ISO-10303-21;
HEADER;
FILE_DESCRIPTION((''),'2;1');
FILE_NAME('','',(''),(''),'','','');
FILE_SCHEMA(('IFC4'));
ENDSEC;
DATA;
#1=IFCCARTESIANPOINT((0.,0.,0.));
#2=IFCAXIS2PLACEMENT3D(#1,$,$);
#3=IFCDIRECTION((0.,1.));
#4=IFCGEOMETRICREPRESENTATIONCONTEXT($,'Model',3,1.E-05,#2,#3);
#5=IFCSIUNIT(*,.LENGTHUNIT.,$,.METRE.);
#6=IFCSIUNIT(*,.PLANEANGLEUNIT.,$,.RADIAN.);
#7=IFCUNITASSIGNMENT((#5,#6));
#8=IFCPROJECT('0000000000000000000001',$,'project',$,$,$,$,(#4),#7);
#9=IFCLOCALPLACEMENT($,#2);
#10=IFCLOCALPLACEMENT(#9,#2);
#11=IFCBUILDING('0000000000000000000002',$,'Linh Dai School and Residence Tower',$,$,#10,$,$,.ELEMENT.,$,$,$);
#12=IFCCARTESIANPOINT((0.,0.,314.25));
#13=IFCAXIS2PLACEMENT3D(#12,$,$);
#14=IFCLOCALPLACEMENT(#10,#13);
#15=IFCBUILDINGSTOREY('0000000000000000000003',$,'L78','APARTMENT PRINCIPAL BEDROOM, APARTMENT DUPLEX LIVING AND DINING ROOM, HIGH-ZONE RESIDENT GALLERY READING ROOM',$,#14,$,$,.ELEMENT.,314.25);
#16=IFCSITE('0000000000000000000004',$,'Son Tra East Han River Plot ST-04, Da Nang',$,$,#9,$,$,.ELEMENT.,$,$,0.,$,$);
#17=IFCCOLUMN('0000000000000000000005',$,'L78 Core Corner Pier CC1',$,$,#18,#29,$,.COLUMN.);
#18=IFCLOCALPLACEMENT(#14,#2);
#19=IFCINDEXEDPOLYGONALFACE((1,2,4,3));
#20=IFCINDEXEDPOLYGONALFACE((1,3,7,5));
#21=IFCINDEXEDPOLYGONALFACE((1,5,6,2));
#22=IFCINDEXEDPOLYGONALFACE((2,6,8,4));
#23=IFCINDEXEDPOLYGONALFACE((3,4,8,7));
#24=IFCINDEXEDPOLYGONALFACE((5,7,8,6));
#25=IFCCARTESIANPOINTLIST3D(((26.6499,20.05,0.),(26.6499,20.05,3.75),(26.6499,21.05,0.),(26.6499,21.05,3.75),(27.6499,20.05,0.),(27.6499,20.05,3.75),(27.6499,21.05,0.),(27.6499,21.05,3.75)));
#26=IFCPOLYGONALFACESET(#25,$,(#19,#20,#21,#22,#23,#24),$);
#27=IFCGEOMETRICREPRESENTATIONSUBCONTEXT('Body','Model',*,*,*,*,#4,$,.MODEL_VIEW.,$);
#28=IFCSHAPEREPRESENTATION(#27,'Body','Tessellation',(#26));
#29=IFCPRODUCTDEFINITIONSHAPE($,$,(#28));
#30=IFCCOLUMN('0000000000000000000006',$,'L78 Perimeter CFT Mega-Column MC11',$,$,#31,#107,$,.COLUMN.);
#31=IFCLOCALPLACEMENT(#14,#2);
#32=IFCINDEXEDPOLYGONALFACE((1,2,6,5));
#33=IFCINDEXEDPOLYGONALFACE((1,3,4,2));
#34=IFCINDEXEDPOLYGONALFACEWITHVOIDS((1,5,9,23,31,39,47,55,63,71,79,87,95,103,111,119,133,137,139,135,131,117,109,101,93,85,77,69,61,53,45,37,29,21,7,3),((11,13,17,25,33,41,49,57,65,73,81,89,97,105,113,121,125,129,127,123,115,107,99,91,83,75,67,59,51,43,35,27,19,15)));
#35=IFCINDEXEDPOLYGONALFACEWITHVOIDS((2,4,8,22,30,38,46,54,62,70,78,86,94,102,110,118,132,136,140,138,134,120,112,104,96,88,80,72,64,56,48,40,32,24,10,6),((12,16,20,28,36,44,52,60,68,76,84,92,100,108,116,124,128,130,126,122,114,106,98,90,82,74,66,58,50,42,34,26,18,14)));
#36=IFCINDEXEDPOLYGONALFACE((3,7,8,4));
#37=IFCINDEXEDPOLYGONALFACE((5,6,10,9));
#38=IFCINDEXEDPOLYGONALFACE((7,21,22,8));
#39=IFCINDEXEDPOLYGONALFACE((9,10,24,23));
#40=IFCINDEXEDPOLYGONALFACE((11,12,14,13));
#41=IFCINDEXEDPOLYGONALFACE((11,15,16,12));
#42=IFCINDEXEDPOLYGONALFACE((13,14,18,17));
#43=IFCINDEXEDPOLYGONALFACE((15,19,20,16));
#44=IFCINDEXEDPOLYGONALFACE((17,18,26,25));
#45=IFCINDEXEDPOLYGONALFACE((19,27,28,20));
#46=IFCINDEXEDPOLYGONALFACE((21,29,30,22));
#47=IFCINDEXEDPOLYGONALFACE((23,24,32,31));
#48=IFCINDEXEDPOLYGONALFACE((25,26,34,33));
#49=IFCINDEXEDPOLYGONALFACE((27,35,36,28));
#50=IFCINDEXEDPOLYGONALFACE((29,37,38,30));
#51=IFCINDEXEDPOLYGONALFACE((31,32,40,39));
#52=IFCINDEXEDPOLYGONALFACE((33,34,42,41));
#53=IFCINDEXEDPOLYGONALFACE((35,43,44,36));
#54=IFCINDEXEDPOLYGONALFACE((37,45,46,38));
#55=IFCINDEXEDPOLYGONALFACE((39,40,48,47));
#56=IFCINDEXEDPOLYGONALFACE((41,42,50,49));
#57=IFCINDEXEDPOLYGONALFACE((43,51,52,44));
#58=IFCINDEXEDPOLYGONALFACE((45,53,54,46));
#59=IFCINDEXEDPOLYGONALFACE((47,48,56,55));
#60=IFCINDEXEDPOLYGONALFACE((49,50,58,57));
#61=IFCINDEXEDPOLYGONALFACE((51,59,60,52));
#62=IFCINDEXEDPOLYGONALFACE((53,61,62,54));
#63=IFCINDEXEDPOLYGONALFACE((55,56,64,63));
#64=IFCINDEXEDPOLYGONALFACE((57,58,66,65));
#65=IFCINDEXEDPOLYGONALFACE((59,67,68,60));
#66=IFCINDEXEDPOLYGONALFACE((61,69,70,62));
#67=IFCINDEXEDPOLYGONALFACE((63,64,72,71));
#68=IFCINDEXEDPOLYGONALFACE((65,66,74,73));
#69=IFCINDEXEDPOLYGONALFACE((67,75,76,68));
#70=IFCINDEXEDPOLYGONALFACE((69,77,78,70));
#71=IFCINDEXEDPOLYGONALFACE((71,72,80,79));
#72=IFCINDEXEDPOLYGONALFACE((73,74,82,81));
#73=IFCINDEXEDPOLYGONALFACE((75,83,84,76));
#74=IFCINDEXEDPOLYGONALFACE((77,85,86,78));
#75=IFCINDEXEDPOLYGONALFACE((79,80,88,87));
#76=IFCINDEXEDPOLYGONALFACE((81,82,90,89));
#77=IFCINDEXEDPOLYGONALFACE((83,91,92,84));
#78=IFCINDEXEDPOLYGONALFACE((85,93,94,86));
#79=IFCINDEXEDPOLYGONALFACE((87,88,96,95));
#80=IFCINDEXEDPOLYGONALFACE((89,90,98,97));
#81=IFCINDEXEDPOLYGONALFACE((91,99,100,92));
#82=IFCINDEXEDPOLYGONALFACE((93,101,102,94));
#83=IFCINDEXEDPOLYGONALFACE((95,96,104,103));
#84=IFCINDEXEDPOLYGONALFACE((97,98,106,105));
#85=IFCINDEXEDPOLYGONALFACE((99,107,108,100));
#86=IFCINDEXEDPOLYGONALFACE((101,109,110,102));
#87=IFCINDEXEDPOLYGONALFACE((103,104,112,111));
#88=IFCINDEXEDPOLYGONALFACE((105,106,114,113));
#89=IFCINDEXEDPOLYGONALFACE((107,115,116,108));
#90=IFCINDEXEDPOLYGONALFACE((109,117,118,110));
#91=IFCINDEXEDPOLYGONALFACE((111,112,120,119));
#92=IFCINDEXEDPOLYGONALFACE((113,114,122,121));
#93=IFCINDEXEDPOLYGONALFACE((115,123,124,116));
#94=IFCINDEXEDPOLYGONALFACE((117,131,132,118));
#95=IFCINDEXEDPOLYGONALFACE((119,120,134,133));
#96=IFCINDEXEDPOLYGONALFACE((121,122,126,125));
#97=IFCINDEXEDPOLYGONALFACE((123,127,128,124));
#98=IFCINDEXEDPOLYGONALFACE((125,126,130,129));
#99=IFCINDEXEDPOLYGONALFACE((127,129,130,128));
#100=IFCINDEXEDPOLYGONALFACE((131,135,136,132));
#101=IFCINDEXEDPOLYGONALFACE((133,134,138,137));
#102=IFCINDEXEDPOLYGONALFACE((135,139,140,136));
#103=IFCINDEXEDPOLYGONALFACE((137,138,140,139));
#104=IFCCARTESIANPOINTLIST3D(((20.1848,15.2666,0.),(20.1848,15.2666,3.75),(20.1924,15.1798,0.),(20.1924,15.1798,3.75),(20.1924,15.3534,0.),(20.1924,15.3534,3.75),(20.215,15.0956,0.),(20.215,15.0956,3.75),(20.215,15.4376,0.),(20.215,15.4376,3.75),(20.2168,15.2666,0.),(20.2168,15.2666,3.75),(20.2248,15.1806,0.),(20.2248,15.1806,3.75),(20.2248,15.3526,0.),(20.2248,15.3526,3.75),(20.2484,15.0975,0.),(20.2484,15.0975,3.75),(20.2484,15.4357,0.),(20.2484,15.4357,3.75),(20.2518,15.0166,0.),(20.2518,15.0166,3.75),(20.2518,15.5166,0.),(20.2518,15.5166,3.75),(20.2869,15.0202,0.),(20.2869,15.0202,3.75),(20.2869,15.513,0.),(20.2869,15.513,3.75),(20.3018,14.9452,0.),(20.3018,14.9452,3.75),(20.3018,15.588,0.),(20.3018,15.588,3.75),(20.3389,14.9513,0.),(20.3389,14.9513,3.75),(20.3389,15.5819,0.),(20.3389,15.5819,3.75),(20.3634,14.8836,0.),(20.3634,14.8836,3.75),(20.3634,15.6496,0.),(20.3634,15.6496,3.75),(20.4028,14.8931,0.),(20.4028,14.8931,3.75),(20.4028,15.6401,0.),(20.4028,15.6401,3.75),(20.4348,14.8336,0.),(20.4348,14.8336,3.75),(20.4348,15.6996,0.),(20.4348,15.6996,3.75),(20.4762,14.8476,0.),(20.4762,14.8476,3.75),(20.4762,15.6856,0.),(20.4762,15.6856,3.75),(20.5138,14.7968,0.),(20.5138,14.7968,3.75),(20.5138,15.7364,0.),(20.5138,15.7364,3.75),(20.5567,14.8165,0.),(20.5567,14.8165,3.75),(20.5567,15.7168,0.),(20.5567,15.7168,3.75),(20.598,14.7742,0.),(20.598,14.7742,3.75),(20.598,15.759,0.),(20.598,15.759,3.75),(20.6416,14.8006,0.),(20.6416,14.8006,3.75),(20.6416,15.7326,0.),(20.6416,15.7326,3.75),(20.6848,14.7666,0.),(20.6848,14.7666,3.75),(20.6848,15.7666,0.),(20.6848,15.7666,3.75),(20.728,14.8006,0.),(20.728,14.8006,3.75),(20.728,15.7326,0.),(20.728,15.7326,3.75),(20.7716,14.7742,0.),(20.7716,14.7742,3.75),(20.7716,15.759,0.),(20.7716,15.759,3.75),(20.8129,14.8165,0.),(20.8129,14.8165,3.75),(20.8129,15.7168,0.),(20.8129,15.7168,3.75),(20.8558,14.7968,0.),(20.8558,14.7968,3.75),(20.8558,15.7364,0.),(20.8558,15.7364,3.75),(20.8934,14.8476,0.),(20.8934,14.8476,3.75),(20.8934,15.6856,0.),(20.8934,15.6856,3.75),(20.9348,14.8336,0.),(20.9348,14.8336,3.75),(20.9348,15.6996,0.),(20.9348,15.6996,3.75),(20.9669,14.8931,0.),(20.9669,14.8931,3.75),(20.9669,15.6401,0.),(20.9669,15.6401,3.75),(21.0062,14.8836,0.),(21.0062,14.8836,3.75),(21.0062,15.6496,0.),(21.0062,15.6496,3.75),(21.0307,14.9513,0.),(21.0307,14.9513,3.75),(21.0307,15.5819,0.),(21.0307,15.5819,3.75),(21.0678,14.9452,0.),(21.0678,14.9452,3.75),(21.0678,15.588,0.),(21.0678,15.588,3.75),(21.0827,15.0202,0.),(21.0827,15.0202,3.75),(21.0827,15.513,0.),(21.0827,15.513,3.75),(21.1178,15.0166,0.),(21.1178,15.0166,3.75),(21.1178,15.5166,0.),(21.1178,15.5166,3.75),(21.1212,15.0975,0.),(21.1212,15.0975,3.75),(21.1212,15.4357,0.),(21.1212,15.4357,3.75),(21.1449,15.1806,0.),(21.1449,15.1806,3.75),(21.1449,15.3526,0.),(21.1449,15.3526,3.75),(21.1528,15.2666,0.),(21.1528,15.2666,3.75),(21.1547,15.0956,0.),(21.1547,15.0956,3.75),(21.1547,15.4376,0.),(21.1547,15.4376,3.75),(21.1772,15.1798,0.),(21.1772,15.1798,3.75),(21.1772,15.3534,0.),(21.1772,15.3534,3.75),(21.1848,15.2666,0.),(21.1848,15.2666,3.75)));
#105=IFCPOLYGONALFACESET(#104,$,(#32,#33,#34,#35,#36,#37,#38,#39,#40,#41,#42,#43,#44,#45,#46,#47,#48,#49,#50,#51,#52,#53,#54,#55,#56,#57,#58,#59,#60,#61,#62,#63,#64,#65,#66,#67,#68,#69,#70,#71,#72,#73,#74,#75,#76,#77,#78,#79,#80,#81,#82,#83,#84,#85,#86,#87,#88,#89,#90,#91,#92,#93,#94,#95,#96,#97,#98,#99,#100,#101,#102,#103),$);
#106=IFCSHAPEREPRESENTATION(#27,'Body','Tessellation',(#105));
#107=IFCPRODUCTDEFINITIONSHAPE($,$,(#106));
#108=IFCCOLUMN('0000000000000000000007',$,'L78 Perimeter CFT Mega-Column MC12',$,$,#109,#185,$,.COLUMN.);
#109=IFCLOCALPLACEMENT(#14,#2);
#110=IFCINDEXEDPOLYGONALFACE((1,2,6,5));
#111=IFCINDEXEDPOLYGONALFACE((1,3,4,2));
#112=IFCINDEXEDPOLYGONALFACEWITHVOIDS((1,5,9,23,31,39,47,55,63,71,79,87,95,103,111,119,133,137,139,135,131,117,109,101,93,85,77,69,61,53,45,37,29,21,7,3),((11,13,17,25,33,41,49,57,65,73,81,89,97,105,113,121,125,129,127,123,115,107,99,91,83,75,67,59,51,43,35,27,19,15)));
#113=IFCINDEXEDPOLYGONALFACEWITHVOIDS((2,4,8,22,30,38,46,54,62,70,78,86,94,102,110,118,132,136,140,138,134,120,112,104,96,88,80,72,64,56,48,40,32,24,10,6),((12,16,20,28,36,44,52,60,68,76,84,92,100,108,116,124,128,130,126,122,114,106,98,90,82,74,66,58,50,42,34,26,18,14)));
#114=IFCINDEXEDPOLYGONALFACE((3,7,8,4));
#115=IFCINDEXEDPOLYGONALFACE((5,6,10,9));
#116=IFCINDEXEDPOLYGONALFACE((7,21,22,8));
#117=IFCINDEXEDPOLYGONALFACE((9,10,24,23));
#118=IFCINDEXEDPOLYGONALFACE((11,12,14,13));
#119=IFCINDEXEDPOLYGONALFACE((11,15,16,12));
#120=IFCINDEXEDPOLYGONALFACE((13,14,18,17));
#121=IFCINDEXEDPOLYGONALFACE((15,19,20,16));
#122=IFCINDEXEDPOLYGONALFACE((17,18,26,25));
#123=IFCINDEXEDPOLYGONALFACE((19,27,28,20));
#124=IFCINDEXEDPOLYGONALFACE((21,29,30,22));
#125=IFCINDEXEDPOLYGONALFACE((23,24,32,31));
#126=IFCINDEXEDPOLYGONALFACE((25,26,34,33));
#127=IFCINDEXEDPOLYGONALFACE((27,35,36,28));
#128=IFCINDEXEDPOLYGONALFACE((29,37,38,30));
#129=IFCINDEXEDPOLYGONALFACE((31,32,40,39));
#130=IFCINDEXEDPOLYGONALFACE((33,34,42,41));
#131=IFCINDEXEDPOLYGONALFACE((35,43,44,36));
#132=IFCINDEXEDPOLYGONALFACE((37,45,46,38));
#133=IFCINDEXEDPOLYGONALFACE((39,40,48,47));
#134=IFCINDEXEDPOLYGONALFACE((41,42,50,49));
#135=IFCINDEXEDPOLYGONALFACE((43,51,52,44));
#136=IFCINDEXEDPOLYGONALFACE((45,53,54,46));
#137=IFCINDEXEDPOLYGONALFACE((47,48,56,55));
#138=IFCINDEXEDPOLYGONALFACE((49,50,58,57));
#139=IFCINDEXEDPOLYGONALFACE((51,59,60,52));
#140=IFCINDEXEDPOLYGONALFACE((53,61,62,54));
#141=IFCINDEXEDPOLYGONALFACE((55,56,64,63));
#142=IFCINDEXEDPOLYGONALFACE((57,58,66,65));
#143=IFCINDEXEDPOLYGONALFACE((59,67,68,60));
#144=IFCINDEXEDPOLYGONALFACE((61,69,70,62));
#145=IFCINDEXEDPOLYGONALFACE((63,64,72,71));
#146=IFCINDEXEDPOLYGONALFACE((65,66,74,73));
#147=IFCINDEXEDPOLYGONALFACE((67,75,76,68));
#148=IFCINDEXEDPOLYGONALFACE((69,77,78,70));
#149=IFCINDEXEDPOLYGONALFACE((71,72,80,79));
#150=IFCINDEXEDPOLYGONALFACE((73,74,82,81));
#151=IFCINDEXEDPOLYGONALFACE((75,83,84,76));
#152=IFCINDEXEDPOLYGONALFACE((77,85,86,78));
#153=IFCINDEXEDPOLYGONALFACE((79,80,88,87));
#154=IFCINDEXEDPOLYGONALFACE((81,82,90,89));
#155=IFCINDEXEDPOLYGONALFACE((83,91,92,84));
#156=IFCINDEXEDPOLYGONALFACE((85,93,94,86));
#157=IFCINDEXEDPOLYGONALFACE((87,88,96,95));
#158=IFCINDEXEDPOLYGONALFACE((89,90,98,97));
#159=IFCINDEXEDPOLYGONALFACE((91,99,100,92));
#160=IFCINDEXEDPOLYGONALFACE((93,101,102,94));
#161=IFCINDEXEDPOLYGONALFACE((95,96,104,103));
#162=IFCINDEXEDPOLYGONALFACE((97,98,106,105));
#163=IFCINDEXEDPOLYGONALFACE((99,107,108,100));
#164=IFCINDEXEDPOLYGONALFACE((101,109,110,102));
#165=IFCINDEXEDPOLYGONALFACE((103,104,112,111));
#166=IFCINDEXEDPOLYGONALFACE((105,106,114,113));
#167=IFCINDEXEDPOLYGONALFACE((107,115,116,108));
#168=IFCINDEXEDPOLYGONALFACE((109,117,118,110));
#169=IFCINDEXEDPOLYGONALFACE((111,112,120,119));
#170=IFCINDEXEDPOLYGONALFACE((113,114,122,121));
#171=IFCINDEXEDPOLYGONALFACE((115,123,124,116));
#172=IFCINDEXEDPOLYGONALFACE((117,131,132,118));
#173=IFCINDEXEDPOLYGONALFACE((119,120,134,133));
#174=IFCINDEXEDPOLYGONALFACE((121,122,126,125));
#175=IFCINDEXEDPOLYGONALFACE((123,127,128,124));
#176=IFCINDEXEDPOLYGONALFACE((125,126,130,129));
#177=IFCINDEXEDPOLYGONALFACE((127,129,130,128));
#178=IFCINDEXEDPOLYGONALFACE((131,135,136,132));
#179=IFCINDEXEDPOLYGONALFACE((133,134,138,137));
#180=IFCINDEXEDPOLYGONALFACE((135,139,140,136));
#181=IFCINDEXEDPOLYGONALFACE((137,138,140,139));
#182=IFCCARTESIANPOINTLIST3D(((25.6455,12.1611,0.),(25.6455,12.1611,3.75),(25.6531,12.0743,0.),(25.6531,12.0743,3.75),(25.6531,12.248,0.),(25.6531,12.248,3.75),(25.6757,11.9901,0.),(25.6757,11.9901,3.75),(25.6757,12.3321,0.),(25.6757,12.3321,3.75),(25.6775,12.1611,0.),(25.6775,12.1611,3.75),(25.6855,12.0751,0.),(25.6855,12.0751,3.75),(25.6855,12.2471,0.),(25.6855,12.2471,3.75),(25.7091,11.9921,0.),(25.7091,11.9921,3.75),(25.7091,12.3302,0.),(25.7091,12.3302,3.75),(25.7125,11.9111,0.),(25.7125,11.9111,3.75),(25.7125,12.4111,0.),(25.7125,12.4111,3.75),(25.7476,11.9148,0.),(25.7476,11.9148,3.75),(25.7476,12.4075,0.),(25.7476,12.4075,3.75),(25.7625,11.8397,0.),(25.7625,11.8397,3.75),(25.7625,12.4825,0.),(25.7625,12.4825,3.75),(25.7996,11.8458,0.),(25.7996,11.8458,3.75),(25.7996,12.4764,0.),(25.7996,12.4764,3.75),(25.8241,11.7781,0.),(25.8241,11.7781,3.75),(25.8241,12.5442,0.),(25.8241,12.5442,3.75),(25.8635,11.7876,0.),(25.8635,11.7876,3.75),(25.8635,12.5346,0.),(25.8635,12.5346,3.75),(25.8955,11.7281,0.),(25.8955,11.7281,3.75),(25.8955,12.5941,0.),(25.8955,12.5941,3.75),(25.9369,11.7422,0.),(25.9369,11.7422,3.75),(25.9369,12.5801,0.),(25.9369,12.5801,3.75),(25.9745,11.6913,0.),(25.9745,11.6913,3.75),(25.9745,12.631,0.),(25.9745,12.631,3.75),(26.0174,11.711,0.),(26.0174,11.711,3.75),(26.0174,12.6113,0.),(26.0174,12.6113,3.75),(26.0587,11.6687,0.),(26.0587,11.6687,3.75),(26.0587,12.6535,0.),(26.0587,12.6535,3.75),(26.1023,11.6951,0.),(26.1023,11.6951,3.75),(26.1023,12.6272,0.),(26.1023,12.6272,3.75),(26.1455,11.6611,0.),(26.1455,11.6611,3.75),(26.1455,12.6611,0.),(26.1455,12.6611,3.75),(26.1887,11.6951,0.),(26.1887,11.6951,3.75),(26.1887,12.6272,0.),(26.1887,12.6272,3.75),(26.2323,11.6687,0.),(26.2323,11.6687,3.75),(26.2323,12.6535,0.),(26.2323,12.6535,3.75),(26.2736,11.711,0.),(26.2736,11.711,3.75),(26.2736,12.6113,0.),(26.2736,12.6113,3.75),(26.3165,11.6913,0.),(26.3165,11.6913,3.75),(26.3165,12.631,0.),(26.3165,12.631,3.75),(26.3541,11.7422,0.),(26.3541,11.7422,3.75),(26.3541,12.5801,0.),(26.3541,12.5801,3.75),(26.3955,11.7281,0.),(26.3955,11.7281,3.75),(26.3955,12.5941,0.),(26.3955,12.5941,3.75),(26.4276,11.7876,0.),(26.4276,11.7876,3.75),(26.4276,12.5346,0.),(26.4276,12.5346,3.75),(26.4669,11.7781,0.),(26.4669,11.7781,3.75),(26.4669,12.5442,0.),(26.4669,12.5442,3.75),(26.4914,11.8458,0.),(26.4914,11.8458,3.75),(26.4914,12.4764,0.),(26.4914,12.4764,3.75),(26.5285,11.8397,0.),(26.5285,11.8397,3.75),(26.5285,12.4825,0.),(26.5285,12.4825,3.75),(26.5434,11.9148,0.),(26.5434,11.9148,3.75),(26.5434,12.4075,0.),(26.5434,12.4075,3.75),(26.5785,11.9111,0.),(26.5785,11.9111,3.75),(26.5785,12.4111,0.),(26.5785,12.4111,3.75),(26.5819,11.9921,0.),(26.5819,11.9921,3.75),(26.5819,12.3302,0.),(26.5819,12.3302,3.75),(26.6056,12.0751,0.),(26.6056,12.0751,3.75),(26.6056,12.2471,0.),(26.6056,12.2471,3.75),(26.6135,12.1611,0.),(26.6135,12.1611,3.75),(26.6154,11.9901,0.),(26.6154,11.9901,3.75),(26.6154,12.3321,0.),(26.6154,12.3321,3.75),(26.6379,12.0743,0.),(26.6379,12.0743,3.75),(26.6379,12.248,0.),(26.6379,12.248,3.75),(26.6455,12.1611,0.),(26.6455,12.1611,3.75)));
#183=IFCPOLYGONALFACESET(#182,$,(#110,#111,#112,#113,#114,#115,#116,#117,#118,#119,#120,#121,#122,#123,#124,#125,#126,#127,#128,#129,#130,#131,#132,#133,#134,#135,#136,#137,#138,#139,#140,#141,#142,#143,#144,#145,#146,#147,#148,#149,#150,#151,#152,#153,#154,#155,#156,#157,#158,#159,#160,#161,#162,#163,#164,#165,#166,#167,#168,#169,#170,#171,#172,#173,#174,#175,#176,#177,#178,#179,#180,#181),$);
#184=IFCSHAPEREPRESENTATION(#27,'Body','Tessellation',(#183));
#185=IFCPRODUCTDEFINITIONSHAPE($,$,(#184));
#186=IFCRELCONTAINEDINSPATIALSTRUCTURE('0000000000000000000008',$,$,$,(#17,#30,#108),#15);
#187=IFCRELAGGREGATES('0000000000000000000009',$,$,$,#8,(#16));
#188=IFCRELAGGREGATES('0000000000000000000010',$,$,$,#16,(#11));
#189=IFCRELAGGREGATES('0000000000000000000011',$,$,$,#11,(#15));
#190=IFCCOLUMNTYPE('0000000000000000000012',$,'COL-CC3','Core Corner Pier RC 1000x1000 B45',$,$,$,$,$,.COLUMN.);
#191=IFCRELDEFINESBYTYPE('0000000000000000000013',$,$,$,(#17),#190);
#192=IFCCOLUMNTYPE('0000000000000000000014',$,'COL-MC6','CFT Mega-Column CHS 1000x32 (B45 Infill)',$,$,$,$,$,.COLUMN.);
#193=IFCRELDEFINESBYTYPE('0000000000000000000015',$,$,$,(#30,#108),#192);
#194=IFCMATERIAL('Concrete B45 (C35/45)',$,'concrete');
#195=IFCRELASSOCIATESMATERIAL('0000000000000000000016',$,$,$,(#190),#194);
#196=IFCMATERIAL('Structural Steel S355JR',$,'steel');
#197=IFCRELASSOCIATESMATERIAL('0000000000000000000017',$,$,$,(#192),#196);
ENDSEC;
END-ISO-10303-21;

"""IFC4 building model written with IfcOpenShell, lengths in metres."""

from ifc_helpers import new_model, si_unit, direction, frame, origin, origin_2d, place, context, subcontext, project, spatial, rectangle, hollow_circle, extrude, material, material_profile, profile_set, type_object, element, save


model = new_model("IFC4")

# Units and contexts
model_context = context("Model", 3, precision=1e-05, world=origin(), true_north=direction((0.0, 1.0)))
body_context = subcontext(model_context, "Body", "Model", "MODEL_VIEW")
ifc_project = project(units=[si_unit("LENGTHUNIT", "METRE"), si_unit("PLANEANGLEUNIT", "RADIAN")], contexts=[model_context])

# Site, building, storey
site_placement = place(None, origin())
site = spatial("IfcSite", under=ifc_project, at=site_placement, Name="Son Tra East Han River Plot ST-04, Da Nang", CompositionType="ELEMENT", RefElevation=0.0)
building_placement = place(site_placement, origin())
building = spatial("IfcBuilding", under=site, at=building_placement, Name="Linh Dai School and Residence Tower", CompositionType="ELEMENT")
storey_placement = place(building_placement, frame((0.0, 0.0, 314.25)))
storey = spatial("IfcBuildingStorey", under=building, at=storey_placement, Name="L78", Description="APARTMENT PRINCIPAL BEDROOM, APARTMENT DUPLEX LIVING AND DINING ROOM, HIGH-ZONE RESIDENT GALLERY READING ROOM", CompositionType="ELEMENT", Elevation=314.25)

# Columns
ifc_material_1 = material(Name="Concrete B45 (C35/45)", Category="concrete")
ifc_material_profile_1 = material_profile(ifc_material_1, rectangle(XDim=1.0, YDim=1.0, at=origin_2d()), Name="RC 1000x1000")
ifc_profile_set_1 = profile_set([ifc_material_profile_1], Name="Concrete B45 (C35/45)")
column_type_1 = type_object("IfcColumnType", Name="COL-CC3", Description="Core Corner Pier RC 1000x1000 B45", PredefinedType="COLUMN", material=ifc_profile_set_1)
column_placement = place(storey_placement, frame((27.1499, 20.55, 0.0), z_axis=(0.0, 0.0, 1.0), x_axis=(1.0, 0.0, 0.0)))
element("IfcColumn", 1, at=column_placement, inside=storey, type_object=column_type_1, Name="L78 Core Corner Pier CC1", PredefinedType="COLUMN", context=body_context, shape_type="SweptSolid", body=[
    extrude(rectangle(XDim=1.0, YDim=1.0, at=origin_2d()), origin(), (0.0, 0.0, 1.0), 3.75),
])
ifc_material_2 = material(Name="Structural Steel S355JR", Category="steel")
ifc_material_profile_2 = material_profile(ifc_material_2, hollow_circle(Radius=0.5, WallThickness=0.032, at=origin_2d()), Name="CHS 1000x32")
ifc_profile_set_2 = profile_set([ifc_material_profile_2], Name="Structural Steel S355JR")
column_type_2 = type_object("IfcColumnType", Name="COL-MC6", Description="CFT Mega-Column CHS 1000x32 (B45 Infill)", PredefinedType="COLUMN", material=ifc_profile_set_2)
for number, where, z_axis, x_axis, name in (
    (2, (20.6848, 15.2666, 0.0), (0.0, 0.0, 1.0), (1.0, 0.0, 0.0), "L78 Perimeter CFT Mega-Column MC11"),
    (3, (26.1455, 12.1611, 0.0), (0.0, 0.0, 1.0), (1.0, 0.0, 0.0), "L78 Perimeter CFT Mega-Column MC12"),
):
    element("IfcColumn", number, at=place(storey_placement, frame(where, z_axis=z_axis, x_axis=x_axis)), inside=storey, type_object=column_type_2, Name=name, PredefinedType="COLUMN", context=body_context, shape_type="SweptSolid", body=[
        extrude(hollow_circle(Radius=0.5, WallThickness=0.032, at=origin_2d()), origin(), (0.0, 0.0, 1.0), 3.75),
    ])

save(model, "model.ifc")
